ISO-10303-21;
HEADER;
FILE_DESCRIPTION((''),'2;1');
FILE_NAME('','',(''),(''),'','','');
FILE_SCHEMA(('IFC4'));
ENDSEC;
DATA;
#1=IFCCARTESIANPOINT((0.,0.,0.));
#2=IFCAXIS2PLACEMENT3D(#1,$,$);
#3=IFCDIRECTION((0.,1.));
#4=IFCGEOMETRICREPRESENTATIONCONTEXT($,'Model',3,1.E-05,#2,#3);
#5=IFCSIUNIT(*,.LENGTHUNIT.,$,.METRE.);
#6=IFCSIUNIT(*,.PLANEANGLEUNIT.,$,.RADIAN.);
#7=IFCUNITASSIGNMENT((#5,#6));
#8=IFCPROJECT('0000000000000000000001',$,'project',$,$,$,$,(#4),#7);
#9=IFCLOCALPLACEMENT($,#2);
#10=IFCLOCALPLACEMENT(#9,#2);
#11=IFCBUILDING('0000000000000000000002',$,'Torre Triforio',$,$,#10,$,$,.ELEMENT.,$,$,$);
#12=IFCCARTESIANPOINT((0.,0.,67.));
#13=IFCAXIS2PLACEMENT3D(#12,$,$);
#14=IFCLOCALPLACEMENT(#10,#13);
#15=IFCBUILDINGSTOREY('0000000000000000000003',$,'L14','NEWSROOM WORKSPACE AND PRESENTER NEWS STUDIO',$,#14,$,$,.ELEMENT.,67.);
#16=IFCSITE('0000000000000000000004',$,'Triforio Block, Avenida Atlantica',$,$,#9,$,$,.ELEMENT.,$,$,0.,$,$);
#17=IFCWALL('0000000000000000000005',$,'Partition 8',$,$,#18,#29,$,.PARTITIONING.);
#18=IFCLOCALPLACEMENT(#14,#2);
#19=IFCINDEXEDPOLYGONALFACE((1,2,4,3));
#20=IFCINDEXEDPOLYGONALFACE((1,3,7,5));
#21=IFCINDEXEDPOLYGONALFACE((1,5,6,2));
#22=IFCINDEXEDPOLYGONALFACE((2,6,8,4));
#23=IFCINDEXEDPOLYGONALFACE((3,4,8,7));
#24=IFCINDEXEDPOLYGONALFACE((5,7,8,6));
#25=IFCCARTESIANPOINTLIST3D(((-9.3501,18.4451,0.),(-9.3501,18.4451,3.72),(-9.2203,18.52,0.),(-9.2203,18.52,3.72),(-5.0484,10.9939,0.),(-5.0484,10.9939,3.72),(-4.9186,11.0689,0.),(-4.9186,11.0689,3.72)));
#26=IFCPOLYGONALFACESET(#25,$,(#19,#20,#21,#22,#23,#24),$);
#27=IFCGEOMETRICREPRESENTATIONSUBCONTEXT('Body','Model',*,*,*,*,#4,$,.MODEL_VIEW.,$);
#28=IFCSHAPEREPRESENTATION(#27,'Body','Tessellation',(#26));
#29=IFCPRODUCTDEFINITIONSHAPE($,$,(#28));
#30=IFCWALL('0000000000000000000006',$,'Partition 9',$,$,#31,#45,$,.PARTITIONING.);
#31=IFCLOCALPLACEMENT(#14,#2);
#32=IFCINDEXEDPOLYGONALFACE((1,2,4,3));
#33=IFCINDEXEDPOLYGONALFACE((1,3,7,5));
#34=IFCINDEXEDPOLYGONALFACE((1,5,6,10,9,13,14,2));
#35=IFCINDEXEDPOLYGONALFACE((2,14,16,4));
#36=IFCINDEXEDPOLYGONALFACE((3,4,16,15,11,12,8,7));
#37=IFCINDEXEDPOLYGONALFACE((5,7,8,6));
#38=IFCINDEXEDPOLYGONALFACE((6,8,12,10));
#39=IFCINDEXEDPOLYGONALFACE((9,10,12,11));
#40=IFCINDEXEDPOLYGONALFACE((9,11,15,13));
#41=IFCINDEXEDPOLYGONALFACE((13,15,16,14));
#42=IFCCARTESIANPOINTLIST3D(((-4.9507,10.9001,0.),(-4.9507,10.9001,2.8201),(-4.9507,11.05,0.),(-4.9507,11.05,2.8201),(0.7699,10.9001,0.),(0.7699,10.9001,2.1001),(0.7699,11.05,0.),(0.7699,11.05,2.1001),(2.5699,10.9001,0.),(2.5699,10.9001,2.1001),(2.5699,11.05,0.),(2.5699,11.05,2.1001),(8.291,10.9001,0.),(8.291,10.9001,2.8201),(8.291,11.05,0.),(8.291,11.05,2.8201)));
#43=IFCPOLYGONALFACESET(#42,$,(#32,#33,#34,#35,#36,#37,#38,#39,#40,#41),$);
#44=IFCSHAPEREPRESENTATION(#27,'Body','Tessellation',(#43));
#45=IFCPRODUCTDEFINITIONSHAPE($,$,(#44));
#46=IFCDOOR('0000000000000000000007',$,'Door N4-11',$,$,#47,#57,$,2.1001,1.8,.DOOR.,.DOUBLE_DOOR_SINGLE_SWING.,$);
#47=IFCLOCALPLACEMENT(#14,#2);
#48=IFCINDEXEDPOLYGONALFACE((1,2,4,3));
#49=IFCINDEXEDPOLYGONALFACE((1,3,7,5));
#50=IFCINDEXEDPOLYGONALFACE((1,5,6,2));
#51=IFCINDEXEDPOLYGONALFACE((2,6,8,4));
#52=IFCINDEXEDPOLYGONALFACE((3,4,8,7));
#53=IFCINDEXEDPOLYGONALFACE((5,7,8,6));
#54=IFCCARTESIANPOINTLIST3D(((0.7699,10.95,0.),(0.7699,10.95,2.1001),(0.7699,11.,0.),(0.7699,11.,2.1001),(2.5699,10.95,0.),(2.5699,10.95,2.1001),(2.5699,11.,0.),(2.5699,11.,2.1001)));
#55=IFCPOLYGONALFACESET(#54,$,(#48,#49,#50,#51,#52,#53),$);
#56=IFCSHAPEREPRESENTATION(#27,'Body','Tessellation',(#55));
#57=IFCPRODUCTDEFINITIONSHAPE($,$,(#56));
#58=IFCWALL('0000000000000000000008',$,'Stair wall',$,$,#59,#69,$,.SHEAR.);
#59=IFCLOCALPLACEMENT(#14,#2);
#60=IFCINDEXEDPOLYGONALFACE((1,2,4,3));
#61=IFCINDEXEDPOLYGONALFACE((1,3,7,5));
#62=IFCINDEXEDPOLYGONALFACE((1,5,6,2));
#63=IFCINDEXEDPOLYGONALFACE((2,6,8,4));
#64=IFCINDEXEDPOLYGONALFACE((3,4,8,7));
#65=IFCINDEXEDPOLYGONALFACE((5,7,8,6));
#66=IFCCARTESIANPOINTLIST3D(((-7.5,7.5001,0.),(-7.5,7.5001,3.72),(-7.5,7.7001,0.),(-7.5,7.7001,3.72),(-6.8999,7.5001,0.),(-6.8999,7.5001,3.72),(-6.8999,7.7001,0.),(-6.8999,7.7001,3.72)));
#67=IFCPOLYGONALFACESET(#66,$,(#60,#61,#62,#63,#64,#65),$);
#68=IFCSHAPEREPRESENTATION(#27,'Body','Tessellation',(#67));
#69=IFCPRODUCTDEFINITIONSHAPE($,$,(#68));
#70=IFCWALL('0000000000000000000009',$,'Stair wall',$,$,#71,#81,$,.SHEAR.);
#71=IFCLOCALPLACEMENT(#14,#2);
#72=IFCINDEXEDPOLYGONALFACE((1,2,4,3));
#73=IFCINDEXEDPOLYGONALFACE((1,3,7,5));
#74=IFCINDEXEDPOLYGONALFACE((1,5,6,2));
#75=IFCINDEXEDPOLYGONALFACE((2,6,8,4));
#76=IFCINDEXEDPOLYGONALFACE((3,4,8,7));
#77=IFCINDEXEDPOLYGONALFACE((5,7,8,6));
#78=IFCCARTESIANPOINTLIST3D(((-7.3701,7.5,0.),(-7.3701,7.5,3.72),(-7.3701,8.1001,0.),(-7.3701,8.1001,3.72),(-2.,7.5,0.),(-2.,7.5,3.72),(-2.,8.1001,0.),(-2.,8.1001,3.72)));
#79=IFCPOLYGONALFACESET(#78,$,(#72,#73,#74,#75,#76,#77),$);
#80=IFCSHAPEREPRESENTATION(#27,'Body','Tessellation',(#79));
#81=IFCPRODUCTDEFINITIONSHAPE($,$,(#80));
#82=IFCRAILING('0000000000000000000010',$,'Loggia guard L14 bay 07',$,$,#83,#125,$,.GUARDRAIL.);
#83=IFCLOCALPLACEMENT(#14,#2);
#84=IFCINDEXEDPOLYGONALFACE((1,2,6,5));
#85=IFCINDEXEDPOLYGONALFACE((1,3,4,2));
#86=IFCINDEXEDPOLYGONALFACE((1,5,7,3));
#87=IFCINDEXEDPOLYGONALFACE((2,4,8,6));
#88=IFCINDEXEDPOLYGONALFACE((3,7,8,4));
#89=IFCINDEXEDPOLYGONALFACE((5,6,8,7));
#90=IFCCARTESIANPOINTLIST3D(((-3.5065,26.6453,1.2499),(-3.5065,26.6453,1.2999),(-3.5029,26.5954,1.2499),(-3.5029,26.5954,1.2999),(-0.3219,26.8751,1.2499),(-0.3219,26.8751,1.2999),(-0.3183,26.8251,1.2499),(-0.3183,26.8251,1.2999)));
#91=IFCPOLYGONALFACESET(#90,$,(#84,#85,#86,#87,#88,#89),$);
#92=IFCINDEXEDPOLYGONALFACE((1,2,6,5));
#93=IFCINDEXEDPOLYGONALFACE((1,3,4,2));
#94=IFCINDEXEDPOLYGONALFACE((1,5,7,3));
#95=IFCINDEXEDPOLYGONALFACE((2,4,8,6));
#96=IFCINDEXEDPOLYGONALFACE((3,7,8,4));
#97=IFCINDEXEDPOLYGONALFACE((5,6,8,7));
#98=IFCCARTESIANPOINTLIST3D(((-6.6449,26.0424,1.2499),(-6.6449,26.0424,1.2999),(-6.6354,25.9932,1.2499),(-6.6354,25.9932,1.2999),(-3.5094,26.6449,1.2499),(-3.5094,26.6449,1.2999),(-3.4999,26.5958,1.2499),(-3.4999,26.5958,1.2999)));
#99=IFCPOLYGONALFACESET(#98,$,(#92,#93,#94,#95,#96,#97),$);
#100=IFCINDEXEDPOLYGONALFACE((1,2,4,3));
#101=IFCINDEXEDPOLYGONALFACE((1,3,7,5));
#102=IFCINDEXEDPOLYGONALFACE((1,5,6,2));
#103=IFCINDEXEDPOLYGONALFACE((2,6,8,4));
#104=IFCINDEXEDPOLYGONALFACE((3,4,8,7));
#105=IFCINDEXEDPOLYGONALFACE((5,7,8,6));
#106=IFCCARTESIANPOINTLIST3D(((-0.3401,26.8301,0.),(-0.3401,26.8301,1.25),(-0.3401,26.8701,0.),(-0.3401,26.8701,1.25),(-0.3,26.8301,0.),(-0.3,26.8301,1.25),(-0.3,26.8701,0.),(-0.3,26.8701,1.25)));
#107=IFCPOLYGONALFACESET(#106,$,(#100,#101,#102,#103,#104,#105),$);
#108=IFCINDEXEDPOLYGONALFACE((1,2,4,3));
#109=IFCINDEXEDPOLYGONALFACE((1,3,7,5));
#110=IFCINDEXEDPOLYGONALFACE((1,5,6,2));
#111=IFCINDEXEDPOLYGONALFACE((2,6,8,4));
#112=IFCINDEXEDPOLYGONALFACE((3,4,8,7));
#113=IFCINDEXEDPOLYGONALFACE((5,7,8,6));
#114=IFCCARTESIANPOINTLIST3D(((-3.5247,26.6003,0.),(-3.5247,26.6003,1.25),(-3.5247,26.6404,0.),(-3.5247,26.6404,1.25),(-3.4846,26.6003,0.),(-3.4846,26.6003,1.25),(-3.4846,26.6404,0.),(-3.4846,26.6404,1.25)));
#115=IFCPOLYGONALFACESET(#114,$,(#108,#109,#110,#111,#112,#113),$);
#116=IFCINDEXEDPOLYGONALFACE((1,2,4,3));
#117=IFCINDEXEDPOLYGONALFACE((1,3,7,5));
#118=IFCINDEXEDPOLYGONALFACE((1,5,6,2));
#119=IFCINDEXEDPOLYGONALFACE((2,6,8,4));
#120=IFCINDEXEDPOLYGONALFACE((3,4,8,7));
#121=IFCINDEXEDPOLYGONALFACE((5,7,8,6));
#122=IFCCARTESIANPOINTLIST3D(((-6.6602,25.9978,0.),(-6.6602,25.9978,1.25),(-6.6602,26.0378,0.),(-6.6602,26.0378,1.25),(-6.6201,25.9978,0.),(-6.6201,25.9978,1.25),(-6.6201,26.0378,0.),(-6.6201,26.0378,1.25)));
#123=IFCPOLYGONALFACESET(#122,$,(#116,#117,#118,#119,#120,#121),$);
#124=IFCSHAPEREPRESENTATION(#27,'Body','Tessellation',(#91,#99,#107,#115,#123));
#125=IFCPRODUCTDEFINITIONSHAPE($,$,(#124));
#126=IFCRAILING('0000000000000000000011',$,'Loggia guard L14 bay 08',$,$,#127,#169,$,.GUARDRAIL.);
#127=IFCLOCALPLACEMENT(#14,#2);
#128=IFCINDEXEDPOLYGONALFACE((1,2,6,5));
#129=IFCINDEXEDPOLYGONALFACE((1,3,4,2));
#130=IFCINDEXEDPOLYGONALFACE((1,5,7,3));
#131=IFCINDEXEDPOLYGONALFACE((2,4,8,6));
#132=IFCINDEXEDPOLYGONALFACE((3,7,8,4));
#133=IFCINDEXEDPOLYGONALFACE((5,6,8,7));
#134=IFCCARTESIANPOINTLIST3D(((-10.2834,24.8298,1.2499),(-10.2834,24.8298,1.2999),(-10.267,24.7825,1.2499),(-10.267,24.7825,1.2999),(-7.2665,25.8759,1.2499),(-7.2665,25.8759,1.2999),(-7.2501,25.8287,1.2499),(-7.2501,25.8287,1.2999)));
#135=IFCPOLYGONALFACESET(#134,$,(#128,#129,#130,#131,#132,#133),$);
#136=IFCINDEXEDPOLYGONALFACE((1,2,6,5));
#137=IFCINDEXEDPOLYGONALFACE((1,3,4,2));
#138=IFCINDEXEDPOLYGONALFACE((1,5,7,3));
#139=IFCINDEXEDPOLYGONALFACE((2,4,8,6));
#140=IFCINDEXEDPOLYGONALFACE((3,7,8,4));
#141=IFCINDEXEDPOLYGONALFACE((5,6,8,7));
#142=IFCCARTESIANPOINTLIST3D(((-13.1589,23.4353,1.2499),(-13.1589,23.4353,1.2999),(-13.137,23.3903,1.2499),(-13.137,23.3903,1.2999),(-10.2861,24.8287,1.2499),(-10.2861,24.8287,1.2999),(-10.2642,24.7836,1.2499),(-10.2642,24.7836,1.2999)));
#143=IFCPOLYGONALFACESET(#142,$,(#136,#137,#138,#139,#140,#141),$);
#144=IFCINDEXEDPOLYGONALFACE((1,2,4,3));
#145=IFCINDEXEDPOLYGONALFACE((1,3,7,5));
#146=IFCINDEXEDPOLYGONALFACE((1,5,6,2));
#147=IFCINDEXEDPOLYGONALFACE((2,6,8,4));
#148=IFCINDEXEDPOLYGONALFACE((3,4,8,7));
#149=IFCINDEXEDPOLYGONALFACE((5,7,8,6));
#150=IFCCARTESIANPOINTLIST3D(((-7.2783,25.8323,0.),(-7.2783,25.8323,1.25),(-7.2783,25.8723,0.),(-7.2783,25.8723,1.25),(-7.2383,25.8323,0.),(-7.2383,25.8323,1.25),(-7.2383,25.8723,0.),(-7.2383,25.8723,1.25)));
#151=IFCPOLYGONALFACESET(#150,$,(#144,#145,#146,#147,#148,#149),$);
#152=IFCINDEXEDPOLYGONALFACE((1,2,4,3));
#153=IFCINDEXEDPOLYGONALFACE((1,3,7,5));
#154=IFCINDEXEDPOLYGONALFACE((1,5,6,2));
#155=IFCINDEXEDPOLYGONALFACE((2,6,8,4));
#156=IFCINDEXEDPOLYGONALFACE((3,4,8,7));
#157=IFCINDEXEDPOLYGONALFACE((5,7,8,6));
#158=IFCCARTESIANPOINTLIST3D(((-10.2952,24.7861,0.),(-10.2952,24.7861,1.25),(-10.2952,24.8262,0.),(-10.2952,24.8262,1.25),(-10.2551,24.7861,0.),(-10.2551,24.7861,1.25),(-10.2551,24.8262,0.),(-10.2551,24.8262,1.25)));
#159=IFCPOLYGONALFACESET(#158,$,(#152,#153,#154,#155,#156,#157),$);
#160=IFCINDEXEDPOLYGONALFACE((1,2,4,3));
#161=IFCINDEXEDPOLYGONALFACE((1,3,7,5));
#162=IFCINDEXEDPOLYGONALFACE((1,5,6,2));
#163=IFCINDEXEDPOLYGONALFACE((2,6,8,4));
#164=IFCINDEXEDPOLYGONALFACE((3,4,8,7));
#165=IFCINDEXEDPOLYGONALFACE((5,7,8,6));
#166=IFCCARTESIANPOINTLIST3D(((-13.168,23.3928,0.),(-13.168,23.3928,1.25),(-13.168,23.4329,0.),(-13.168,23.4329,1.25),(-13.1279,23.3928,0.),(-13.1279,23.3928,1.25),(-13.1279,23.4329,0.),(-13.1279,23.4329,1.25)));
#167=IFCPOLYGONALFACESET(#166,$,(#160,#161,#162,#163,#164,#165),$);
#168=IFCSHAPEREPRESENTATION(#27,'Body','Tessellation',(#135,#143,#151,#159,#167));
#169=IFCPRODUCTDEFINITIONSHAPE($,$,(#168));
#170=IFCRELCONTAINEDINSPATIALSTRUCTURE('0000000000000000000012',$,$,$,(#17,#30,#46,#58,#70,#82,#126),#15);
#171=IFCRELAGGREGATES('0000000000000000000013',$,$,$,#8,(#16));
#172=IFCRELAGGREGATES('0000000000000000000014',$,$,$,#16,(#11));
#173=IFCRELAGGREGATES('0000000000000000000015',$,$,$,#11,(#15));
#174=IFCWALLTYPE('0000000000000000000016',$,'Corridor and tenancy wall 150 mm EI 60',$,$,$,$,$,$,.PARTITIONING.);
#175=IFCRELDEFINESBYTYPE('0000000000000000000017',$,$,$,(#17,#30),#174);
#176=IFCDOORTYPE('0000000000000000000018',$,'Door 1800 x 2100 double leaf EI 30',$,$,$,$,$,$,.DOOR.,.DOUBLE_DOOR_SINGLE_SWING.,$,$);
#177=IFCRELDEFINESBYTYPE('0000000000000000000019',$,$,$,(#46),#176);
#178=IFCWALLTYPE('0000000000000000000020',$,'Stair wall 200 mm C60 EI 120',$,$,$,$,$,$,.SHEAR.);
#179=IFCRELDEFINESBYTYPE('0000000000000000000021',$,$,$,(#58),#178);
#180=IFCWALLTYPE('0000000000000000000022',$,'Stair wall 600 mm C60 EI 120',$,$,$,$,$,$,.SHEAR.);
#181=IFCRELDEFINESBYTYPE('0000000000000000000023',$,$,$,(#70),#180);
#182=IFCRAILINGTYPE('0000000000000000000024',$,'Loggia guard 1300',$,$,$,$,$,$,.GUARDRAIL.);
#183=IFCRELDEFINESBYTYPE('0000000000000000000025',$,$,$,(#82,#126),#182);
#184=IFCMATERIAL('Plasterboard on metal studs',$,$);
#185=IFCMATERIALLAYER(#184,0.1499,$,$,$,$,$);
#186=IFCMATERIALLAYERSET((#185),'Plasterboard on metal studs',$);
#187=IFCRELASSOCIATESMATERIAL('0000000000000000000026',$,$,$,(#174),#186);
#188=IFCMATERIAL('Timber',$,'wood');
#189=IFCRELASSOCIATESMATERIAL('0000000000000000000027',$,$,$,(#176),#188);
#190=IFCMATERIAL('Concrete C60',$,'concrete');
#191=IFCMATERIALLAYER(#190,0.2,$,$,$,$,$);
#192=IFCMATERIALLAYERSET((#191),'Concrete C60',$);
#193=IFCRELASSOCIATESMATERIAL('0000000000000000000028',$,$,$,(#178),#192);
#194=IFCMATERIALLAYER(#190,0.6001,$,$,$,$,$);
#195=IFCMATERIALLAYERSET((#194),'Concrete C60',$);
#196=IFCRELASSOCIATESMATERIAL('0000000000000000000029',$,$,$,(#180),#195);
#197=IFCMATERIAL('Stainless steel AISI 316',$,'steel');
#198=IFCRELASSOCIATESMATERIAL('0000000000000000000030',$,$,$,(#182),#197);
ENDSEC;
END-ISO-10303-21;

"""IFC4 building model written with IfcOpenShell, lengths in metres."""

from ifc_helpers import new_model, si_unit, direction, frame, frame_2d, origin, origin_2d, place, context, subcontext, project, spatial, rectangle, extrude, material, layer, layer_set, type_object, element, fill, save


model = new_model("IFC4")

# Units and contexts
model_context = context("Model", 3, precision=1e-05, world=origin(), true_north=direction((0.0, 1.0)))
body_context = subcontext(model_context, "Body", "Model", "MODEL_VIEW")
ifc_project = project(units=[si_unit("LENGTHUNIT", "METRE"), si_unit("PLANEANGLEUNIT", "RADIAN")], contexts=[model_context])

# Site, building, storey
site_placement = place(None, origin())
site = spatial("IfcSite", under=ifc_project, at=site_placement, Name="Triforio Block, Avenida Atlantica", CompositionType="ELEMENT", RefElevation=0.0)
building_placement = place(site_placement, origin())
building = spatial("IfcBuilding", under=site, at=building_placement, Name="Torre Triforio", CompositionType="ELEMENT")
storey_placement = place(building_placement, frame((0.0, 0.0, 67.0)))
storey = spatial("IfcBuildingStorey", under=building, at=storey_placement, Name="L14", Description="NEWSROOM WORKSPACE AND PRESENTER NEWS STUDIO", CompositionType="ELEMENT", Elevation=67.0)

# Shared definitions
ifc_material_1 = material(Name="Concrete C60", Category="concrete")

# Shared definitions
ifc_material_2 = material(Name="Plasterboard on metal studs")
ifc_layer_1 = layer(ifc_material_2, 0.1499)
ifc_layer_set_1 = layer_set([ifc_layer_1], Name="Plasterboard on metal studs")
wall_type_1 = type_object("IfcWallType", Name="Corridor and tenancy wall 150 mm EI 60", PredefinedType="PARTITIONING", material=ifc_layer_set_1)

# Shared definitions
ifc_material_3 = material(Name="Timber", Category="wood")

# Wall
wall_1_placement = place(storey_placement, frame((-9.2852, 18.4824, 0.0), z_axis=(0.0, 0.0, 1.0), x_axis=(0.499984, -0.866034, 0.0)))
element("IfcWall", 1, at=wall_1_placement, inside=storey, type_object=wall_type_1, Name="Partition 8", PredefinedType="PARTITIONING", context=body_context, shape_type="SweptSolid", body=[
    extrude(rectangle(XDim=8.6038, YDim=0.1499, at=frame_2d((4.3018, 0.0))), origin(), (0.0, 0.0, 1.0), 3.72),
])

# Wall, opening, door
wall_2_placement = place(storey_placement, frame((-4.9507, 10.9751, 0.0), z_axis=(0.0, 0.0, 1.0), x_axis=(1.0, 0.0, 0.0)))
wall_2 = element("IfcWall", 2, at=wall_2_placement, inside=storey, type_object=wall_type_1, Name="Partition 9", PredefinedType="PARTITIONING", context=body_context, shape_type="SweptSolid", body=[
    extrude(rectangle(XDim=13.2417, YDim=0.1499, at=frame_2d((6.6208, 0.0))), origin(), (0.0, 0.0, 1.0), 2.8201),
])
opening_1_placement = place(wall_2_placement, frame((5.7207, 0.0, 0.0)))
opening_1 = element("IfcOpeningElement", 3, at=opening_1_placement, cuts=wall_2, PredefinedType="OPENING", context=body_context, shape_type="SweptSolid", body=[
    extrude(rectangle(XDim=1.8, YDim=2.1001, at=frame_2d((0.8999, 1.05))), frame((0.0, 0.085, 0.0), z_axis=(0.0, -1.0, 0.0), x_axis=(1.0, 0.0, 0.0)), (0.0, 0.0, 1.0), 0.1699),
])
door_type_1 = type_object("IfcDoorType", Name="Door 1800 x 2100 double leaf EI 30", OperationType="DOUBLE_DOOR_SINGLE_SWING", PredefinedType="DOOR", material=ifc_material_3)
door_1_placement = place(opening_1_placement, origin())
door_1 = element("IfcDoor", 4, at=door_1_placement, inside=storey, type_object=door_type_1, Name="Door N4-11", OperationType="DOUBLE_DOOR_SINGLE_SWING", OverallHeight=2.1001, OverallWidth=1.8, PredefinedType="DOOR", context=body_context, shape_type="SweptSolid", body=[
    extrude(rectangle(XDim=1.8, YDim=2.1001, at=frame_2d((0.8999, 1.05))), frame((0.0, 0.0249, 0.0), z_axis=(0.0, -1.0, 0.0), x_axis=(1.0, 0.0, 0.0)), (0.0, 0.0, 1.0), 0.05),
])
fill(opening_1, door_1)

# Walls
ifc_layer_2 = layer(ifc_material_1, 0.2)
ifc_layer_set_2 = layer_set([ifc_layer_2], Name="Concrete C60")
wall_type_2 = type_object("IfcWallType", Name="Stair wall 200 mm C60 EI 120", PredefinedType="SHEAR", material=ifc_layer_set_2)
wall_3_placement = place(storey_placement, frame((-7.5, 7.6001, 0.0), z_axis=(0.0, 0.0, 1.0), x_axis=(1.0, 0.0, 0.0)))
element("IfcWall", 5, at=wall_3_placement, inside=storey, type_object=wall_type_2, Name="Stair wall", PredefinedType="SHEAR", context=body_context, shape_type="SweptSolid", body=[
    extrude(rectangle(XDim=0.6001, YDim=0.2, at=frame_2d((0.3, 0.0))), origin(), (0.0, 0.0, 1.0), 3.72),
])
ifc_layer_3 = layer(ifc_material_1, 0.6001)
ifc_layer_set_3 = layer_set([ifc_layer_3], Name="Concrete C60")
wall_type_3 = type_object("IfcWallType", Name="Stair wall 600 mm C60 EI 120", PredefinedType="SHEAR", material=ifc_layer_set_3)
wall_4_placement = place(storey_placement, frame((-7.3701, 7.8, 0.0), z_axis=(0.0, 0.0, 1.0), x_axis=(1.0, 0.0, 0.0)))
element("IfcWall", 6, at=wall_4_placement, inside=storey, type_object=wall_type_3, Name="Stair wall", PredefinedType="SHEAR", context=body_context, shape_type="SweptSolid", body=[
    extrude(rectangle(XDim=5.3701, YDim=0.6001, at=frame_2d((2.6851, 0.0))), origin(), (0.0, 0.0, 1.0), 3.72),
])

# Railings
ifc_material_4 = material(Name="Stainless steel AISI 316", Category="steel")
railing_type = type_object("IfcRailingType", Name="Loggia guard 1300", PredefinedType="GUARDRAIL", material=ifc_material_4)
railing_1_placement = place(storey_placement, frame((-0.3201, 26.8501, 0.0)))
element("IfcRailing", 7, at=railing_1_placement, inside=storey, type_object=railing_type, Name="Loggia guard L14 bay 07", PredefinedType="GUARDRAIL", context=body_context, shape_type="SweptSolid", body=[
    extrude(rectangle(XDim=0.05, YDim=0.05, at=origin_2d()), frame((0.0, 0.0, 1.2749), z_axis=(-0.997408, -0.071953, 0.0), x_axis=(0.071953, -0.997408, 0.0)), (0.0, 0.0, 1.0), 3.1929),
    extrude(rectangle(XDim=0.05, YDim=0.05, at=origin_2d()), frame((-3.1846, -0.2297, 1.2749), z_axis=(-0.982032, -0.188714, 0.0), x_axis=(0.188714, -0.982032, 0.0)), (0.0, 0.0, 1.0), 3.1929),
    extrude(rectangle(XDim=0.04, YDim=0.04, at=origin_2d()), origin(), (0.0, 0.0, 1.0), 1.25),
    extrude(rectangle(XDim=0.04, YDim=0.04, at=origin_2d()), frame((-3.1846, -0.2297, 0.0)), (0.0, 0.0, 1.0), 1.25),
    extrude(rectangle(XDim=0.04, YDim=0.04, at=origin_2d()), frame((-6.3201, -0.8323, 0.0)), (0.0, 0.0, 1.0), 1.25),
])
railing_2_placement = place(storey_placement, frame((-7.2583, 25.8523, 0.0)))
element("IfcRailing", 8, at=railing_2_placement, inside=storey, type_object=railing_type, Name="Loggia guard L14 bay 08", PredefinedType="GUARDRAIL", context=body_context, shape_type="SweptSolid", body=[
    extrude(rectangle(XDim=0.05, YDim=0.05, at=origin_2d()), frame((0.0, 0.0, 1.2749), z_axis=(-0.944807, -0.327628, 0.0), x_axis=(0.327628, -0.944807, 0.0)), (0.0, 0.0, 1.0), 3.1931),
    extrude(rectangle(XDim=0.05, YDim=0.05, at=origin_2d()), frame((-3.0168, -1.0461, 1.2749), z_axis=(-0.89976, -0.436384, 0.0), x_axis=(0.436384, -0.89976, 0.0)), (0.0, 0.0, 1.0), 3.1929),
    extrude(rectangle(XDim=0.04, YDim=0.04, at=origin_2d()), origin(), (0.0, 0.0, 1.0), 1.25),
    extrude(rectangle(XDim=0.04, YDim=0.04, at=origin_2d()), frame((-3.0168, -1.0461, 0.0)), (0.0, 0.0, 1.0), 1.25),
    extrude(rectangle(XDim=0.04, YDim=0.04, at=origin_2d()), frame((-5.8896, -2.4395, 0.0)), (0.0, 0.0, 1.0), 1.25),
])

save(model, "model.ifc")
